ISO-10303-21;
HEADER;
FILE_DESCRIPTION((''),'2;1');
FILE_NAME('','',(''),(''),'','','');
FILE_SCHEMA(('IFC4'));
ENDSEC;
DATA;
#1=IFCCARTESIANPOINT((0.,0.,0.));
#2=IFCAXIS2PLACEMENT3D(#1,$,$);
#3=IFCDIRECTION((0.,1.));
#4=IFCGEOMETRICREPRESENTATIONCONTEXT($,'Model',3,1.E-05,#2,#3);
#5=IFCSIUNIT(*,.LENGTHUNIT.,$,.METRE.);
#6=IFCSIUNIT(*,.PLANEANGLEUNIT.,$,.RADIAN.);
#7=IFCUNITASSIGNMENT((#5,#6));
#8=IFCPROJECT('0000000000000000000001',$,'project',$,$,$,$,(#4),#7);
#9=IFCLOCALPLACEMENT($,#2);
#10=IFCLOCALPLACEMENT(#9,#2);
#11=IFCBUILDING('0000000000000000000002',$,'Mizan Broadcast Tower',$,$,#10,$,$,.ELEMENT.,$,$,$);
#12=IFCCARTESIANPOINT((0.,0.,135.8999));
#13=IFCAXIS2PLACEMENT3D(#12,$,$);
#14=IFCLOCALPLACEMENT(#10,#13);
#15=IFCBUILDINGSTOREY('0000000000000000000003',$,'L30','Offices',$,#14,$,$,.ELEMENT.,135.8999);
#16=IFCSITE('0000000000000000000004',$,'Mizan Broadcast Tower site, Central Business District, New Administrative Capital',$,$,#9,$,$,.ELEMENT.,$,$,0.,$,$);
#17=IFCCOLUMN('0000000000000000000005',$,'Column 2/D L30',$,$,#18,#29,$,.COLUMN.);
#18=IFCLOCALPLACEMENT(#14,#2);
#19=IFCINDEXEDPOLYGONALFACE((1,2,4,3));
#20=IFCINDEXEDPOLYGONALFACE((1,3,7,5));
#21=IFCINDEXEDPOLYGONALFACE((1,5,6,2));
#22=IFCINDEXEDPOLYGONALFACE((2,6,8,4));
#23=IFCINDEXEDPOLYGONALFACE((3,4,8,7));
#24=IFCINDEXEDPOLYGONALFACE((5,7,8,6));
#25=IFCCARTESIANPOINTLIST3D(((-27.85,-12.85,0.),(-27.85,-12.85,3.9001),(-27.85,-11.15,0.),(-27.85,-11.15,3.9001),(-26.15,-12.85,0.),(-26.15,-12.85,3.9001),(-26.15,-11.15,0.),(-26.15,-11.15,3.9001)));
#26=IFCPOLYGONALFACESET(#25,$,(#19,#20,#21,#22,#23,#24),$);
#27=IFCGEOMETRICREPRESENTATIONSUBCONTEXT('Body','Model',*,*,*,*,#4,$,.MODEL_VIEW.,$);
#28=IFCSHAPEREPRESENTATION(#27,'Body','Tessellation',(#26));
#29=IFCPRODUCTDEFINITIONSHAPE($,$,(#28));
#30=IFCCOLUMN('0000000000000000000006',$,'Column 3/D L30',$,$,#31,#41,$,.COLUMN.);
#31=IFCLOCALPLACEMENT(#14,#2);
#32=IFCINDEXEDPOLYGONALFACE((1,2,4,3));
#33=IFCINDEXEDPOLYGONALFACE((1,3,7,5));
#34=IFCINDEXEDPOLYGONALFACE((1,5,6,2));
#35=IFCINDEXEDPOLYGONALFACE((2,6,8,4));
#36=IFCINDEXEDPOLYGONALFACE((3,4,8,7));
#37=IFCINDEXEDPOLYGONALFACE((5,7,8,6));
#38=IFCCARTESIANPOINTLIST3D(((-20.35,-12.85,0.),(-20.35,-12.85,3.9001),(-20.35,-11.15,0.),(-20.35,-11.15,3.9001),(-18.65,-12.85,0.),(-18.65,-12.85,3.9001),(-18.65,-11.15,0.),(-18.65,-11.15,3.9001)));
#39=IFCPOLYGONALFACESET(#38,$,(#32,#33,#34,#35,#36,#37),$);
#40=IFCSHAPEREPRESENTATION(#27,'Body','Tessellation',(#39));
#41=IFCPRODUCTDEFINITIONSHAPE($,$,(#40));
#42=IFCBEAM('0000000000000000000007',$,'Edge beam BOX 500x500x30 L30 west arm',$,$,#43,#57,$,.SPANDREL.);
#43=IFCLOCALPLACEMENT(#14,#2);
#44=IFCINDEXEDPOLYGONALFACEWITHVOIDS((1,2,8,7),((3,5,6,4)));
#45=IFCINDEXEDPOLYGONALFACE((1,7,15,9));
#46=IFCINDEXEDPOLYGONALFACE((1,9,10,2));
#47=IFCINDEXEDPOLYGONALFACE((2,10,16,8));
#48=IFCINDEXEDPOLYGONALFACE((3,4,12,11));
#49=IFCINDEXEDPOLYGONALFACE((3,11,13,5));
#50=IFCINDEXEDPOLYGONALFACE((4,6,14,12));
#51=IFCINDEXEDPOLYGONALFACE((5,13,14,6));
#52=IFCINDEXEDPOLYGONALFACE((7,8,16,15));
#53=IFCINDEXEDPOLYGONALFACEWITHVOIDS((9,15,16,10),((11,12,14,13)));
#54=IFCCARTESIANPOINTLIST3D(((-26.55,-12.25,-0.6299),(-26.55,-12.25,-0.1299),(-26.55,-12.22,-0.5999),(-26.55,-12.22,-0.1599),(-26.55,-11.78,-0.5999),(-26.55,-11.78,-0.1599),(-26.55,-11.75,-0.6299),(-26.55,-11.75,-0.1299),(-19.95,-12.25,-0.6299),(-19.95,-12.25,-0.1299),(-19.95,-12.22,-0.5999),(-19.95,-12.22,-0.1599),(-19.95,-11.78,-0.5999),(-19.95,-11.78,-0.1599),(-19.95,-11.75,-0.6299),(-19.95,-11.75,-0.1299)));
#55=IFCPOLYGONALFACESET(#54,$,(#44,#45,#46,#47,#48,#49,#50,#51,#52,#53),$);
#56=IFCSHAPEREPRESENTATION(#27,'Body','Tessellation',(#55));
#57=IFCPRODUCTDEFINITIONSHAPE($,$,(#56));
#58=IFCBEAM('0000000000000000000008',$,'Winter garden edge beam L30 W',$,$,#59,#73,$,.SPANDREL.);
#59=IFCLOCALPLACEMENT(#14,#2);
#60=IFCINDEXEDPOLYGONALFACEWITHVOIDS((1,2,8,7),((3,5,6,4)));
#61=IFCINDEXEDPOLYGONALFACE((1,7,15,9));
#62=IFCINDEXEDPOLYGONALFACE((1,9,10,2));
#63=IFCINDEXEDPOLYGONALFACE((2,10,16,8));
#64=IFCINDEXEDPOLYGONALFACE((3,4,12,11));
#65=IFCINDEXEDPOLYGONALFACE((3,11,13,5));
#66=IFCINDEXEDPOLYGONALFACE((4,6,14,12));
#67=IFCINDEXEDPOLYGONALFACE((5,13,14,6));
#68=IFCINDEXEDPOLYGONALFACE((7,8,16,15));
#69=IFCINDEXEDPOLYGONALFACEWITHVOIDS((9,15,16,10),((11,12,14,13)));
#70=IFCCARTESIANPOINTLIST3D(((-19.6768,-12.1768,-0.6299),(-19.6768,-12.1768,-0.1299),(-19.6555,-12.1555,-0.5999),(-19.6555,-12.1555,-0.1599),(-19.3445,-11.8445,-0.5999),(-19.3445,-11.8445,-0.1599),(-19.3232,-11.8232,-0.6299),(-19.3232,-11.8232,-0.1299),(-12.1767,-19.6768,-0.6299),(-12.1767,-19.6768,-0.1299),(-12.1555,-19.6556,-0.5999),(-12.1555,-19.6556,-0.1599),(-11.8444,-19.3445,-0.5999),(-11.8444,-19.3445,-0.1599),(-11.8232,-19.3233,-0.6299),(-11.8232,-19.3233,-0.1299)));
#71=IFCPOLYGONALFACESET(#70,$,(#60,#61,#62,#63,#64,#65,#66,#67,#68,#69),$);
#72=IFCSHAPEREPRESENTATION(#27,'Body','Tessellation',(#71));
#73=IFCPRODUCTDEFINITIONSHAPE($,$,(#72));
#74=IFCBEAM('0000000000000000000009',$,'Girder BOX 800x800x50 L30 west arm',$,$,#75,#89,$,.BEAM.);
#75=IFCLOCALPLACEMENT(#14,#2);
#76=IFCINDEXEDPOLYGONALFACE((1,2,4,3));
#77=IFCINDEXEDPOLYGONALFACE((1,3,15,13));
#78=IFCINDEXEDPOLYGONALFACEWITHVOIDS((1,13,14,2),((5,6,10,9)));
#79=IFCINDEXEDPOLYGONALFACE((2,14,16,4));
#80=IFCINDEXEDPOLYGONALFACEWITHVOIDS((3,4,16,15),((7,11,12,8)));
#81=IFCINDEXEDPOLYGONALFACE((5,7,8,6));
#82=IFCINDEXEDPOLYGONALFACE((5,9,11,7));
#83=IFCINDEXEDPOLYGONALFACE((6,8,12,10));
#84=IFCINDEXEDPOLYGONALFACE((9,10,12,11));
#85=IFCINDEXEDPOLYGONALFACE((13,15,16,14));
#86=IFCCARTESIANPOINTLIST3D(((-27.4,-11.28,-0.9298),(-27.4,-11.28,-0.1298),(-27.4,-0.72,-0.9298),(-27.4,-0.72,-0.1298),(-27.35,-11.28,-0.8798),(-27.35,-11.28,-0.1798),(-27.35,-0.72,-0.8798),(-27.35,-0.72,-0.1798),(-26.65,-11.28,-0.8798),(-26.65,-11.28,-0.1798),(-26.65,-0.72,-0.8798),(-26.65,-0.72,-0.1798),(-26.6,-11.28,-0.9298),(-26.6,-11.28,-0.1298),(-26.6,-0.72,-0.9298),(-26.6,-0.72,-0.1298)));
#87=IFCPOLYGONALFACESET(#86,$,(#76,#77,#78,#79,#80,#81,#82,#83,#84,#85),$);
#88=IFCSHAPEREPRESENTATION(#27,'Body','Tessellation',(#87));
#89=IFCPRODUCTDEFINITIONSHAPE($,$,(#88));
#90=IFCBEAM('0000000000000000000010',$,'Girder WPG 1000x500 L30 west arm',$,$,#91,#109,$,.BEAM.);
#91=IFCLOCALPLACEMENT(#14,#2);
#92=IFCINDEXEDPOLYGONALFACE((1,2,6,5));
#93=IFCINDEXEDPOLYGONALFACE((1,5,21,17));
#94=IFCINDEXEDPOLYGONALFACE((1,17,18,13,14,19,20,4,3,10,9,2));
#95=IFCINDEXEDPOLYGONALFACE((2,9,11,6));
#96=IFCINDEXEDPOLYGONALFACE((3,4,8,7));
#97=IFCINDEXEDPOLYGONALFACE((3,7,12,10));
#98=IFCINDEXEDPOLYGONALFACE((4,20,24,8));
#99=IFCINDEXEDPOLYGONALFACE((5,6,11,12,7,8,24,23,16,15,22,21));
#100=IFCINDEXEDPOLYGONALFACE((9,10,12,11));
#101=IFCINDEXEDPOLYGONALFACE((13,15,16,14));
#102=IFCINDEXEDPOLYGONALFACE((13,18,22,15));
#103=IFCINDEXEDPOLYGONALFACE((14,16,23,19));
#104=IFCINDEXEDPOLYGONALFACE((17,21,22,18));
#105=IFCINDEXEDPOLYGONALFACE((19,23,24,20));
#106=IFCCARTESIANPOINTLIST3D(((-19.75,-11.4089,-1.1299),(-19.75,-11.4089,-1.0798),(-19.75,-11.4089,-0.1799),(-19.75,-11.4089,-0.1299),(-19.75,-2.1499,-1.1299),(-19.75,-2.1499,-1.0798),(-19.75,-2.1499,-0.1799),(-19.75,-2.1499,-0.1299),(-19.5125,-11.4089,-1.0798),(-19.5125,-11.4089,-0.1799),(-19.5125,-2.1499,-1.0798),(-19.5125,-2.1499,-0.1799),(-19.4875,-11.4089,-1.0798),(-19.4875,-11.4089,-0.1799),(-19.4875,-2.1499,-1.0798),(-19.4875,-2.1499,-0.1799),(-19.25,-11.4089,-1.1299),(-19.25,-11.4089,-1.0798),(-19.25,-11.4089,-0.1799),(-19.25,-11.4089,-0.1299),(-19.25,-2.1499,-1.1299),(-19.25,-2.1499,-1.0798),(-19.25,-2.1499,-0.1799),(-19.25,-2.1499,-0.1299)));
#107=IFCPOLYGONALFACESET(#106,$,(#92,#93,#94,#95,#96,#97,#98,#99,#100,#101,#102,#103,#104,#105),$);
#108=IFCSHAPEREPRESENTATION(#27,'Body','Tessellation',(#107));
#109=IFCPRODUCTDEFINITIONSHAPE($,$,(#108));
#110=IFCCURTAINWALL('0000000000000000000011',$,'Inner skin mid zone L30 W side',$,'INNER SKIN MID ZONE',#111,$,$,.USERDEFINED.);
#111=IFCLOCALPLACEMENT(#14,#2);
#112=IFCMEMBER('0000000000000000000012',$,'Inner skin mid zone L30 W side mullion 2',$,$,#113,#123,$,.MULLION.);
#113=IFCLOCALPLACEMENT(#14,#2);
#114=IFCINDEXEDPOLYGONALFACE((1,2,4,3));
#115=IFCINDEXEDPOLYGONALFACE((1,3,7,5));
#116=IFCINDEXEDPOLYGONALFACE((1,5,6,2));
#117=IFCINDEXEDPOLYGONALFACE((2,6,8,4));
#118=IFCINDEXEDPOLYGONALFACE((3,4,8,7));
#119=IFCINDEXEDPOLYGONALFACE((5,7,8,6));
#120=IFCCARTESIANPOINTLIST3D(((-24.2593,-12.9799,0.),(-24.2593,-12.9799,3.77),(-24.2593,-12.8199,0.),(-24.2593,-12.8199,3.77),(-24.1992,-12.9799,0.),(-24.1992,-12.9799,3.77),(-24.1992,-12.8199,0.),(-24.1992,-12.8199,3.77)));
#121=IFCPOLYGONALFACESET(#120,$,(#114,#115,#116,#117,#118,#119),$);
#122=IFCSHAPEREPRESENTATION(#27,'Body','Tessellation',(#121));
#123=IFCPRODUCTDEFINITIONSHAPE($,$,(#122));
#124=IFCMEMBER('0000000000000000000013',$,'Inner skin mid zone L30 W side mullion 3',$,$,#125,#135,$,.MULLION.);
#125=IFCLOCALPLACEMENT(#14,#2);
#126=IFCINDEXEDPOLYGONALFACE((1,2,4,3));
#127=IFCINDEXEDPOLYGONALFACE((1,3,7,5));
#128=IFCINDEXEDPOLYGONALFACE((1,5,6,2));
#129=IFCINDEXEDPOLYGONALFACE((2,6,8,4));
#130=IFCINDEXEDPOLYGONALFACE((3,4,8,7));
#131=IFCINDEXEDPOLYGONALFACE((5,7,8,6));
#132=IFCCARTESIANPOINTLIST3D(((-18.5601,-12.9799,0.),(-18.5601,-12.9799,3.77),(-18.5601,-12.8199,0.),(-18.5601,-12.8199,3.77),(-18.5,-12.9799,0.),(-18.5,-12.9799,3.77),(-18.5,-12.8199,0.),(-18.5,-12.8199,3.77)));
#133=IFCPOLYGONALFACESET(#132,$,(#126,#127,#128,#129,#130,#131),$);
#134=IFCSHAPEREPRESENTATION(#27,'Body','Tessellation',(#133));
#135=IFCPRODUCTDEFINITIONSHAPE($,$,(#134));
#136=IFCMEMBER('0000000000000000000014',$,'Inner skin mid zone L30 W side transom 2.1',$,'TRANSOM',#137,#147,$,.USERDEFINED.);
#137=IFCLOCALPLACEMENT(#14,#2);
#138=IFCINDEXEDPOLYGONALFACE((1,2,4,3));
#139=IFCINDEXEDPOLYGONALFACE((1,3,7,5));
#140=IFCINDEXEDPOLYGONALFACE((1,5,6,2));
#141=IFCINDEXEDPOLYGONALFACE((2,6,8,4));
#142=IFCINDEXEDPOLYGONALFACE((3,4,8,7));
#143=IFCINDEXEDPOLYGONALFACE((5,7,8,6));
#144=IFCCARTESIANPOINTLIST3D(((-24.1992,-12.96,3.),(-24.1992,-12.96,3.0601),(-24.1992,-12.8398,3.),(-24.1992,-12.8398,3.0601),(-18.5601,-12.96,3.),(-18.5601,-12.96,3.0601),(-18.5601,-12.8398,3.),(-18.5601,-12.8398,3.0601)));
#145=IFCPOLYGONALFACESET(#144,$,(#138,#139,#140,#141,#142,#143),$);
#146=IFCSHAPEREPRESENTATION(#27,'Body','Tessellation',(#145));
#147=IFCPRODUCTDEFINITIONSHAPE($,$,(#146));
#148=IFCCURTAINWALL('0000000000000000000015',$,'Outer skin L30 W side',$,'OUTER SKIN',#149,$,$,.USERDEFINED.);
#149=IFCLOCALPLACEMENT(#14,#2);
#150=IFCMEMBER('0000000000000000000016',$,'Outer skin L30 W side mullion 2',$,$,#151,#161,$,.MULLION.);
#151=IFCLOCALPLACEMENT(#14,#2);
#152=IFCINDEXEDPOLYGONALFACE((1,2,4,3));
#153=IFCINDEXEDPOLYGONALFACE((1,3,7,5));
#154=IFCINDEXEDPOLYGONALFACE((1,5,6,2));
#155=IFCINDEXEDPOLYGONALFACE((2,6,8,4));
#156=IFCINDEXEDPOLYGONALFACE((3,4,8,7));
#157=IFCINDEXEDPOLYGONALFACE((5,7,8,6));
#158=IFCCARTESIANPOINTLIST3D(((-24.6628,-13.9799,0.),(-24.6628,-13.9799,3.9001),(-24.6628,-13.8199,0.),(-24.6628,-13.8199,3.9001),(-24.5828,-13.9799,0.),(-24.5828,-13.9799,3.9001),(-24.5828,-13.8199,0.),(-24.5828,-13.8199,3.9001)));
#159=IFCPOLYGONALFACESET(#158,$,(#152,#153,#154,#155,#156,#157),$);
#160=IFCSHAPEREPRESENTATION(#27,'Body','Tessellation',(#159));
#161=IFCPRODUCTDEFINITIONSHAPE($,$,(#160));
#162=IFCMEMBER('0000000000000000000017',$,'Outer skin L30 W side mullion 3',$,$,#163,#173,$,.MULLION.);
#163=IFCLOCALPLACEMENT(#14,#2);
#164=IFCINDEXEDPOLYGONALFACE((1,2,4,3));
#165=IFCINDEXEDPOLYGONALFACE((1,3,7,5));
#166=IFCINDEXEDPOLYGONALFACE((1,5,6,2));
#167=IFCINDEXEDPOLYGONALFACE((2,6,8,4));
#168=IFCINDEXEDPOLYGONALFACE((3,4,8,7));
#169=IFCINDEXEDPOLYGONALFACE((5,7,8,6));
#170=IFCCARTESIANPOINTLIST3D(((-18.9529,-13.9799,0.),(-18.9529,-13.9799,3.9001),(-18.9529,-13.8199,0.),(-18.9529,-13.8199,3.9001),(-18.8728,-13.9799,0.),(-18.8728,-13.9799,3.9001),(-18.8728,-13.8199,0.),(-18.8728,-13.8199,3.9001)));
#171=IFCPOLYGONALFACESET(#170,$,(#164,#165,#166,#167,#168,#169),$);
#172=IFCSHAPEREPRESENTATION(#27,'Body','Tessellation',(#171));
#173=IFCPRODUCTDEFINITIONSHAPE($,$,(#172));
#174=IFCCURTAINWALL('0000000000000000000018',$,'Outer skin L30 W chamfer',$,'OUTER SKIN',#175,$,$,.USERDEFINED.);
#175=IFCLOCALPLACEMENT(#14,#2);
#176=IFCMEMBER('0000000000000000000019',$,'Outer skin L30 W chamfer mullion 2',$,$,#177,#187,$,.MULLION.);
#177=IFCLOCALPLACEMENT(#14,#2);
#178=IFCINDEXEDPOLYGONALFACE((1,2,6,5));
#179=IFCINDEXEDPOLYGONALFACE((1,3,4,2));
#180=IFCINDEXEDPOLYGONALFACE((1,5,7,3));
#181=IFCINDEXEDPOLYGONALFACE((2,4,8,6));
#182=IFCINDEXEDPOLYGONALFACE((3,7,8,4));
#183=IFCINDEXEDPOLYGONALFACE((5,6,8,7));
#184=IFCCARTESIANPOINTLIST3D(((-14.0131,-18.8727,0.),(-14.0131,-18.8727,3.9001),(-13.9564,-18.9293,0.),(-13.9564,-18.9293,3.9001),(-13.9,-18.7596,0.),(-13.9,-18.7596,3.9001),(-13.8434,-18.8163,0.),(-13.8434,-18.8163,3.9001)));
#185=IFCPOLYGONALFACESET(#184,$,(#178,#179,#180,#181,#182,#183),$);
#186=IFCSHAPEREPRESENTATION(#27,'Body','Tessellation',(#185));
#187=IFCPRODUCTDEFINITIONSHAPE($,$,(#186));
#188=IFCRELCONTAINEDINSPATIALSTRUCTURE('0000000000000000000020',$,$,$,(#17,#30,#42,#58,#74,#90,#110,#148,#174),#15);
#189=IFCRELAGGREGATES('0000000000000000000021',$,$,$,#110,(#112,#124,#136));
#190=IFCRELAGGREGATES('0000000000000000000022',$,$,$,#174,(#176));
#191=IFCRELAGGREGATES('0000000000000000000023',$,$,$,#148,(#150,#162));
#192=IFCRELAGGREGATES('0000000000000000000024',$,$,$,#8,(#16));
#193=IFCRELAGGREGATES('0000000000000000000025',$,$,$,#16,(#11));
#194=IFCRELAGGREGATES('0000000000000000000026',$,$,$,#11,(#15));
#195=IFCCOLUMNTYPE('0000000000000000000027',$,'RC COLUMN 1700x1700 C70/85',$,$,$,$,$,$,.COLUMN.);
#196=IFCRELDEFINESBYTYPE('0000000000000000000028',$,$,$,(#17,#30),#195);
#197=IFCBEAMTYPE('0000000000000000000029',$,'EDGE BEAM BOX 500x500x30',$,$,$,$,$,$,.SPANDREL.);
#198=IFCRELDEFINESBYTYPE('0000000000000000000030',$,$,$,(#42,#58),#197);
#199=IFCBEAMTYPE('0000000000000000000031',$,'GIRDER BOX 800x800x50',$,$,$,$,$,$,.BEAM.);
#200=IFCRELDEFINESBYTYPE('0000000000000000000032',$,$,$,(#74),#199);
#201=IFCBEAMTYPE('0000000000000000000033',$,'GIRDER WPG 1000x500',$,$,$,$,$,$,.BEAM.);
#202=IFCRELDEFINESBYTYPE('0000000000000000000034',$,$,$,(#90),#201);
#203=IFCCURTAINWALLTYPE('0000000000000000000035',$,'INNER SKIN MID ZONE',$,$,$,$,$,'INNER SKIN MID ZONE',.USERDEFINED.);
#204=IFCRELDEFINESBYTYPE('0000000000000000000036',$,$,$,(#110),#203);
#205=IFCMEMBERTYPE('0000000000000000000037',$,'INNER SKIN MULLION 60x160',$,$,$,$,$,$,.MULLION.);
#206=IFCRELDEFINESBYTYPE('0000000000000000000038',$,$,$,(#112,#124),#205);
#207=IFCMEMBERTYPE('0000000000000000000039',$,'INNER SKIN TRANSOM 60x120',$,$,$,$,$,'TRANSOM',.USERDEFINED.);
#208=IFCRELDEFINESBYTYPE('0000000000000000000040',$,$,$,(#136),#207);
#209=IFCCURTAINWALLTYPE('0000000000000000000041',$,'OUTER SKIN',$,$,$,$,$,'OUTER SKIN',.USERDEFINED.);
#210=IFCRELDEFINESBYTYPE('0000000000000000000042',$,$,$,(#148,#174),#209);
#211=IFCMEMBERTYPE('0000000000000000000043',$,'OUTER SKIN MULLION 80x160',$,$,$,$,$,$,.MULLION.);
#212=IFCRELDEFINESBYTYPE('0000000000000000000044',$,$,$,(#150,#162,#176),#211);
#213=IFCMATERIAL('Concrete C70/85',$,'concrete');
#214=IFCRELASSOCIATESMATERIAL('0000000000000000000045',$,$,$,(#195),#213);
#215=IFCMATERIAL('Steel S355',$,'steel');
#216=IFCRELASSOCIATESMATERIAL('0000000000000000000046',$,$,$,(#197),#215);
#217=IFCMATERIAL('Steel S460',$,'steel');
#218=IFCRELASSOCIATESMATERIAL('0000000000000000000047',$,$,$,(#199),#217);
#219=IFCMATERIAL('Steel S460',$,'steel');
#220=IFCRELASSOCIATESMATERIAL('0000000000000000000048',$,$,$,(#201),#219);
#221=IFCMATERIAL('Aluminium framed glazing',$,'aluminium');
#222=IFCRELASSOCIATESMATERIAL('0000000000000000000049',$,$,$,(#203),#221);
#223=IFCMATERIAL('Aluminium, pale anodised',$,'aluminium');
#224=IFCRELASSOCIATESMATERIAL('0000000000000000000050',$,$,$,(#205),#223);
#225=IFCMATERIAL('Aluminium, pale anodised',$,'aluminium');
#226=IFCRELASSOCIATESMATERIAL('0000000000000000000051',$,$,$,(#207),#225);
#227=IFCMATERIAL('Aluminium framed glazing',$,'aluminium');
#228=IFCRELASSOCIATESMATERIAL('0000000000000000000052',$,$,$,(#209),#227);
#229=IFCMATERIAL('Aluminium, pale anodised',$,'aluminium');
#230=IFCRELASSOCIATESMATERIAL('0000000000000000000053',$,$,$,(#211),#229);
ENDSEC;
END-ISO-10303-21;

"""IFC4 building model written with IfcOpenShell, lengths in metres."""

from ifc_helpers import new_model, si_unit, direction, frame, origin, origin_2d, place, context, subcontext, project, spatial, rectangle, hollow_rectangle, i_section, extrude, material, material_profile, profile_set, type_object, element, aggregate, save


model = new_model("IFC4")

# Units and contexts
model_context = context("Model", 3, precision=1e-05, world=origin(), true_north=direction((0.0, 1.0)))
body_context = subcontext(model_context, "Body", "Model", "MODEL_VIEW")
ifc_project = project(units=[si_unit("LENGTHUNIT", "METRE"), si_unit("PLANEANGLEUNIT", "RADIAN")], contexts=[model_context])

# Site, building, storey
site_placement = place(None, origin())
site = spatial("IfcSite", under=ifc_project, at=site_placement, Name="Mizan Broadcast Tower site, Central Business District, New Administrative Capital", CompositionType="ELEMENT", RefElevation=0.0)
building_placement = place(site_placement, origin())
building = spatial("IfcBuilding", under=site, at=building_placement, Name="Mizan Broadcast Tower", CompositionType="ELEMENT")
storey_placement = place(building_placement, frame((0.0, 0.0, 135.8999)))
storey = spatial("IfcBuildingStorey", under=building, at=storey_placement, Name="L30", Description="Offices", CompositionType="ELEMENT", Elevation=135.8999)

# Columns
ifc_material_1 = material(Name="Concrete C70/85", Category="concrete")
ifc_material_profile_1 = material_profile(ifc_material_1, rectangle(XDim=1.7, YDim=1.7, at=origin_2d()), Name="RC 1700x1700")
ifc_profile_set_1 = profile_set([ifc_material_profile_1], Name="Concrete C70/85")
column_type = type_object("IfcColumnType", Name="RC COLUMN 1700x1700 C70/85", PredefinedType="COLUMN", material=ifc_profile_set_1)
for number, where, z_axis, x_axis, name in (
    (1, (-27.0, -12.0, 0.0), (0.0, 0.0, 1.0), (1.0, 0.0, 0.0), "Column 2/D L30"),
    (2, (-19.5, -12.0, 0.0), (0.0, 0.0, 1.0), (1.0, 0.0, 0.0), "Column 3/D L30"),
):
    element("IfcColumn", number, at=place(storey_placement, frame(where, z_axis=z_axis, x_axis=x_axis)), inside=storey, type_object=column_type, Name=name, PredefinedType="COLUMN", context=body_context, shape_type="SweptSolid", body=[
        extrude(rectangle(XDim=1.7, YDim=1.7, at=origin_2d()), origin(), (0.0, 0.0, 1.0), 3.9001),
    ])

# Beams
ifc_material_2 = material(Name="Steel S355", Category="steel")
ifc_material_profile_2 = material_profile(ifc_material_2, hollow_rectangle(XDim=0.5, YDim=0.5, WallThickness=0.03, at=origin_2d()), Name="BOX 500x500x30")
ifc_profile_set_2 = profile_set([ifc_material_profile_2], Name="Steel S355")
beam_type_1 = type_object("IfcBeamType", Name="EDGE BEAM BOX 500x500x30", PredefinedType="SPANDREL", material=ifc_profile_set_2)
beam_1_placement = place(storey_placement, frame((-19.95, -12.0, -0.3799), z_axis=(-1.0, 0.0, 0.0), x_axis=(0.0, -1.0, 0.0)))
element("IfcBeam", 3, at=beam_1_placement, inside=storey, type_object=beam_type_1, Name="Edge beam BOX 500x500x30 L30 west arm", PredefinedType="SPANDREL", context=body_context, shape_type="SweptSolid", body=[
    extrude(hollow_rectangle(XDim=0.5, YDim=0.5, WallThickness=0.03, at=origin_2d()), origin(), (0.0, 0.0, 1.0), 6.6001),
])
beam_2_placement = place(storey_placement, frame((-19.5, -12.0, -0.3799), z_axis=(0.707107, -0.707107, 0.0), x_axis=(0.707107, 0.707107, 0.0)))
element("IfcBeam", 4, at=beam_2_placement, inside=storey, type_object=beam_type_1, Name="Winter garden edge beam L30 W", PredefinedType="SPANDREL", context=body_context, shape_type="SweptSolid", body=[
    extrude(hollow_rectangle(XDim=0.5, YDim=0.5, WallThickness=0.03, at=origin_2d()), origin(), (0.0, 0.0, 1.0), 10.6067),
])
ifc_material_3 = material(Name="Steel S460", Category="steel")
ifc_material_profile_3 = material_profile(ifc_material_3, hollow_rectangle(XDim=0.8, YDim=0.8, WallThickness=0.05, at=origin_2d()), Name="BOX 800x800x50")
ifc_profile_set_3 = profile_set([ifc_material_profile_3], Name="Steel S460")
beam_type_2 = type_object("IfcBeamType", Name="GIRDER BOX 800x800x50", PredefinedType="BEAM", material=ifc_profile_set_3)
beam_3_placement = place(storey_placement, frame((-27.0, -11.28, -0.5298), z_axis=(0.0, 1.0, 0.0), x_axis=(-1.0, 0.0, 0.0)))
element("IfcBeam", 5, at=beam_3_placement, inside=storey, type_object=beam_type_2, Name="Girder BOX 800x800x50 L30 west arm", PredefinedType="BEAM", context=body_context, shape_type="SweptSolid", body=[
    extrude(hollow_rectangle(XDim=0.8, YDim=0.8, WallThickness=0.05, at=origin_2d()), origin(), (0.0, 0.0, 1.0), 10.5601),
])
ifc_material_4 = material(Name="Steel S460", Category="steel")
ifc_material_profile_4 = material_profile(ifc_material_4, i_section(OverallWidth=0.5, OverallDepth=1.0, WebThickness=0.0249, FlangeThickness=0.05, at=origin_2d()), Name="WPG 1000x500")
ifc_profile_set_4 = profile_set([ifc_material_profile_4], Name="Steel S460")
beam_type_3 = type_object("IfcBeamType", Name="GIRDER WPG 1000x500", PredefinedType="BEAM", material=ifc_profile_set_4)
beam_4_placement = place(storey_placement, frame((-19.5, -11.4089, -0.6299), z_axis=(0.0, 1.0, 0.0), x_axis=(-1.0, 0.0, 0.0)))
element("IfcBeam", 6, at=beam_4_placement, inside=storey, type_object=beam_type_3, Name="Girder WPG 1000x500 L30 west arm", PredefinedType="BEAM", context=body_context, shape_type="SweptSolid", body=[
    extrude(i_section(OverallWidth=0.5, OverallDepth=1.0, WebThickness=0.0249, FlangeThickness=0.05, at=origin_2d()), origin(), (0.0, 0.0, 1.0), 9.259),
])

# Curtain walls, members
ifc_material_5 = material(Name="Aluminium framed glazing", Category="aluminium")
curtain_wall_type_1 = type_object("IfcCurtainWallType", Name="INNER SKIN MID ZONE", ElementType="INNER SKIN MID ZONE", PredefinedType="USERDEFINED", material=ifc_material_5)
curtain_wall_1_placement = place(storey_placement, origin())
curtain_wall_1 = element("IfcCurtainWall", 7, at=curtain_wall_1_placement, inside=storey, type_object=curtain_wall_type_1, Name="Inner skin mid zone L30 W side", ObjectType="INNER SKIN MID ZONE", PredefinedType="USERDEFINED")
ifc_material_6 = material(Name="Aluminium, pale anodised", Category="aluminium")
ifc_material_profile_5 = material_profile(ifc_material_6, rectangle(XDim=0.1599, YDim=0.0601, at=origin_2d()), Name="MULLION 160x60")
ifc_profile_set_5 = profile_set([ifc_material_profile_5], Name="Aluminium, pale anodised")
member_type_1 = type_object("IfcMemberType", Name="INNER SKIN MULLION 60x160", PredefinedType="MULLION", material=ifc_profile_set_5)
member_1_placement = place(storey_placement, frame((-24.2292, -12.8999, 0.0), z_axis=(0.0, 0.0, 1.0), x_axis=(0.0, 1.0, 0.0)))
member_1 = element("IfcMember", 8, at=member_1_placement, type_object=member_type_1, Name="Inner skin mid zone L30 W side mullion 2", PredefinedType="MULLION", context=body_context, shape_type="SweptSolid", body=[
    extrude(rectangle(XDim=0.1599, YDim=0.0601, at=origin_2d()), origin(), (0.0, 0.0, 1.0), 3.77),
])
member_2_placement = place(storey_placement, frame((-18.53, -12.8999, 0.0), z_axis=(0.0, 0.0, 1.0), x_axis=(0.0, 1.0, 0.0)))
member_2 = element("IfcMember", 9, at=member_2_placement, type_object=member_type_1, Name="Inner skin mid zone L30 W side mullion 3", PredefinedType="MULLION", context=body_context, shape_type="SweptSolid", body=[
    extrude(rectangle(XDim=0.1599, YDim=0.0601, at=origin_2d()), origin(), (0.0, 0.0, 1.0), 3.77),
])
ifc_material_7 = material(Name="Aluminium, pale anodised", Category="aluminium")
ifc_material_profile_6 = material_profile(ifc_material_7, rectangle(XDim=0.1201, YDim=0.0601, at=origin_2d()), Name="TRANSOM 120x60")
ifc_profile_set_6 = profile_set([ifc_material_profile_6], Name="Aluminium, pale anodised")
member_type_2 = type_object("IfcMemberType", Name="INNER SKIN TRANSOM 60x120", ElementType="TRANSOM", PredefinedType="USERDEFINED", material=ifc_profile_set_6)
member_3_placement = place(storey_placement, frame((-24.1992, -12.8999, 3.03), z_axis=(1.0, 0.0, 0.0), x_axis=(0.0, 1.0, 0.0)))
member_3 = element("IfcMember", 10, at=member_3_placement, type_object=member_type_2, Name="Inner skin mid zone L30 W side transom 2.1", ObjectType="TRANSOM", PredefinedType="USERDEFINED", context=body_context, shape_type="SweptSolid", body=[
    extrude(rectangle(XDim=0.1201, YDim=0.0601, at=origin_2d()), origin(), (0.0, 0.0, 1.0), 5.6392),
])
ifc_material_8 = material(Name="Aluminium framed glazing", Category="aluminium")
curtain_wall_type_2 = type_object("IfcCurtainWallType", Name="OUTER SKIN", ElementType="OUTER SKIN", PredefinedType="USERDEFINED", material=ifc_material_8)
curtain_wall_2_placement = place(storey_placement, origin())
curtain_wall_2 = element("IfcCurtainWall", 11, at=curtain_wall_2_placement, inside=storey, type_object=curtain_wall_type_2, Name="Outer skin L30 W side", ObjectType="OUTER SKIN", PredefinedType="USERDEFINED")
ifc_material_9 = material(Name="Aluminium, pale anodised", Category="aluminium")
ifc_material_profile_7 = material_profile(ifc_material_9, rectangle(XDim=0.1599, YDim=0.0801, at=origin_2d()), Name="MULLION 160x80")
ifc_profile_set_7 = profile_set([ifc_material_profile_7], Name="Aluminium, pale anodised")
member_type_3 = type_object("IfcMemberType", Name="OUTER SKIN MULLION 80x160", PredefinedType="MULLION", material=ifc_profile_set_7)
member_4_placement = place(storey_placement, frame((-24.6228, -13.8999, 0.0), z_axis=(0.0, 0.0, 1.0), x_axis=(0.0, 1.0, 0.0)))
member_4 = element("IfcMember", 12, at=member_4_placement, type_object=member_type_3, Name="Outer skin L30 W side mullion 2", PredefinedType="MULLION", context=body_context, shape_type="SweptSolid", body=[
    extrude(rectangle(XDim=0.1599, YDim=0.0801, at=origin_2d()), origin(), (0.0, 0.0, 1.0), 3.9001),
])
member_5_placement = place(storey_placement, frame((-18.9128, -13.8999, 0.0), z_axis=(0.0, 0.0, 1.0), x_axis=(0.0, 1.0, 0.0)))
member_5 = element("IfcMember", 13, at=member_5_placement, type_object=member_type_3, Name="Outer skin L30 W side mullion 3", PredefinedType="MULLION", context=body_context, shape_type="SweptSolid", body=[
    extrude(rectangle(XDim=0.1599, YDim=0.0801, at=origin_2d()), origin(), (0.0, 0.0, 1.0), 3.9001),
])

# Curtain wall, member
curtain_wall_3_placement = place(storey_placement, origin())
curtain_wall_3 = element("IfcCurtainWall", 14, at=curtain_wall_3_placement, inside=storey, type_object=curtain_wall_type_2, Name="Outer skin L30 W chamfer", ObjectType="OUTER SKIN", PredefinedType="USERDEFINED")
member_6_placement = place(storey_placement, frame((-13.9282, -18.8445, 0.0), z_axis=(0.0, 0.0, 1.0), x_axis=(0.707107, 0.707107, 0.0)))
member_6 = element("IfcMember", 15, at=member_6_placement, type_object=member_type_3, Name="Outer skin L30 W chamfer mullion 2", PredefinedType="MULLION", context=body_context, shape_type="SweptSolid", body=[
    extrude(rectangle(XDim=0.1599, YDim=0.0801, at=origin_2d()), origin(), (0.0, 0.0, 1.0), 3.9001),
])

aggregate(curtain_wall_1, [member_1, member_2, member_3])
aggregate(curtain_wall_3, [member_6])
aggregate(curtain_wall_2, [member_4, member_5])

save(model, "model.ifc")
